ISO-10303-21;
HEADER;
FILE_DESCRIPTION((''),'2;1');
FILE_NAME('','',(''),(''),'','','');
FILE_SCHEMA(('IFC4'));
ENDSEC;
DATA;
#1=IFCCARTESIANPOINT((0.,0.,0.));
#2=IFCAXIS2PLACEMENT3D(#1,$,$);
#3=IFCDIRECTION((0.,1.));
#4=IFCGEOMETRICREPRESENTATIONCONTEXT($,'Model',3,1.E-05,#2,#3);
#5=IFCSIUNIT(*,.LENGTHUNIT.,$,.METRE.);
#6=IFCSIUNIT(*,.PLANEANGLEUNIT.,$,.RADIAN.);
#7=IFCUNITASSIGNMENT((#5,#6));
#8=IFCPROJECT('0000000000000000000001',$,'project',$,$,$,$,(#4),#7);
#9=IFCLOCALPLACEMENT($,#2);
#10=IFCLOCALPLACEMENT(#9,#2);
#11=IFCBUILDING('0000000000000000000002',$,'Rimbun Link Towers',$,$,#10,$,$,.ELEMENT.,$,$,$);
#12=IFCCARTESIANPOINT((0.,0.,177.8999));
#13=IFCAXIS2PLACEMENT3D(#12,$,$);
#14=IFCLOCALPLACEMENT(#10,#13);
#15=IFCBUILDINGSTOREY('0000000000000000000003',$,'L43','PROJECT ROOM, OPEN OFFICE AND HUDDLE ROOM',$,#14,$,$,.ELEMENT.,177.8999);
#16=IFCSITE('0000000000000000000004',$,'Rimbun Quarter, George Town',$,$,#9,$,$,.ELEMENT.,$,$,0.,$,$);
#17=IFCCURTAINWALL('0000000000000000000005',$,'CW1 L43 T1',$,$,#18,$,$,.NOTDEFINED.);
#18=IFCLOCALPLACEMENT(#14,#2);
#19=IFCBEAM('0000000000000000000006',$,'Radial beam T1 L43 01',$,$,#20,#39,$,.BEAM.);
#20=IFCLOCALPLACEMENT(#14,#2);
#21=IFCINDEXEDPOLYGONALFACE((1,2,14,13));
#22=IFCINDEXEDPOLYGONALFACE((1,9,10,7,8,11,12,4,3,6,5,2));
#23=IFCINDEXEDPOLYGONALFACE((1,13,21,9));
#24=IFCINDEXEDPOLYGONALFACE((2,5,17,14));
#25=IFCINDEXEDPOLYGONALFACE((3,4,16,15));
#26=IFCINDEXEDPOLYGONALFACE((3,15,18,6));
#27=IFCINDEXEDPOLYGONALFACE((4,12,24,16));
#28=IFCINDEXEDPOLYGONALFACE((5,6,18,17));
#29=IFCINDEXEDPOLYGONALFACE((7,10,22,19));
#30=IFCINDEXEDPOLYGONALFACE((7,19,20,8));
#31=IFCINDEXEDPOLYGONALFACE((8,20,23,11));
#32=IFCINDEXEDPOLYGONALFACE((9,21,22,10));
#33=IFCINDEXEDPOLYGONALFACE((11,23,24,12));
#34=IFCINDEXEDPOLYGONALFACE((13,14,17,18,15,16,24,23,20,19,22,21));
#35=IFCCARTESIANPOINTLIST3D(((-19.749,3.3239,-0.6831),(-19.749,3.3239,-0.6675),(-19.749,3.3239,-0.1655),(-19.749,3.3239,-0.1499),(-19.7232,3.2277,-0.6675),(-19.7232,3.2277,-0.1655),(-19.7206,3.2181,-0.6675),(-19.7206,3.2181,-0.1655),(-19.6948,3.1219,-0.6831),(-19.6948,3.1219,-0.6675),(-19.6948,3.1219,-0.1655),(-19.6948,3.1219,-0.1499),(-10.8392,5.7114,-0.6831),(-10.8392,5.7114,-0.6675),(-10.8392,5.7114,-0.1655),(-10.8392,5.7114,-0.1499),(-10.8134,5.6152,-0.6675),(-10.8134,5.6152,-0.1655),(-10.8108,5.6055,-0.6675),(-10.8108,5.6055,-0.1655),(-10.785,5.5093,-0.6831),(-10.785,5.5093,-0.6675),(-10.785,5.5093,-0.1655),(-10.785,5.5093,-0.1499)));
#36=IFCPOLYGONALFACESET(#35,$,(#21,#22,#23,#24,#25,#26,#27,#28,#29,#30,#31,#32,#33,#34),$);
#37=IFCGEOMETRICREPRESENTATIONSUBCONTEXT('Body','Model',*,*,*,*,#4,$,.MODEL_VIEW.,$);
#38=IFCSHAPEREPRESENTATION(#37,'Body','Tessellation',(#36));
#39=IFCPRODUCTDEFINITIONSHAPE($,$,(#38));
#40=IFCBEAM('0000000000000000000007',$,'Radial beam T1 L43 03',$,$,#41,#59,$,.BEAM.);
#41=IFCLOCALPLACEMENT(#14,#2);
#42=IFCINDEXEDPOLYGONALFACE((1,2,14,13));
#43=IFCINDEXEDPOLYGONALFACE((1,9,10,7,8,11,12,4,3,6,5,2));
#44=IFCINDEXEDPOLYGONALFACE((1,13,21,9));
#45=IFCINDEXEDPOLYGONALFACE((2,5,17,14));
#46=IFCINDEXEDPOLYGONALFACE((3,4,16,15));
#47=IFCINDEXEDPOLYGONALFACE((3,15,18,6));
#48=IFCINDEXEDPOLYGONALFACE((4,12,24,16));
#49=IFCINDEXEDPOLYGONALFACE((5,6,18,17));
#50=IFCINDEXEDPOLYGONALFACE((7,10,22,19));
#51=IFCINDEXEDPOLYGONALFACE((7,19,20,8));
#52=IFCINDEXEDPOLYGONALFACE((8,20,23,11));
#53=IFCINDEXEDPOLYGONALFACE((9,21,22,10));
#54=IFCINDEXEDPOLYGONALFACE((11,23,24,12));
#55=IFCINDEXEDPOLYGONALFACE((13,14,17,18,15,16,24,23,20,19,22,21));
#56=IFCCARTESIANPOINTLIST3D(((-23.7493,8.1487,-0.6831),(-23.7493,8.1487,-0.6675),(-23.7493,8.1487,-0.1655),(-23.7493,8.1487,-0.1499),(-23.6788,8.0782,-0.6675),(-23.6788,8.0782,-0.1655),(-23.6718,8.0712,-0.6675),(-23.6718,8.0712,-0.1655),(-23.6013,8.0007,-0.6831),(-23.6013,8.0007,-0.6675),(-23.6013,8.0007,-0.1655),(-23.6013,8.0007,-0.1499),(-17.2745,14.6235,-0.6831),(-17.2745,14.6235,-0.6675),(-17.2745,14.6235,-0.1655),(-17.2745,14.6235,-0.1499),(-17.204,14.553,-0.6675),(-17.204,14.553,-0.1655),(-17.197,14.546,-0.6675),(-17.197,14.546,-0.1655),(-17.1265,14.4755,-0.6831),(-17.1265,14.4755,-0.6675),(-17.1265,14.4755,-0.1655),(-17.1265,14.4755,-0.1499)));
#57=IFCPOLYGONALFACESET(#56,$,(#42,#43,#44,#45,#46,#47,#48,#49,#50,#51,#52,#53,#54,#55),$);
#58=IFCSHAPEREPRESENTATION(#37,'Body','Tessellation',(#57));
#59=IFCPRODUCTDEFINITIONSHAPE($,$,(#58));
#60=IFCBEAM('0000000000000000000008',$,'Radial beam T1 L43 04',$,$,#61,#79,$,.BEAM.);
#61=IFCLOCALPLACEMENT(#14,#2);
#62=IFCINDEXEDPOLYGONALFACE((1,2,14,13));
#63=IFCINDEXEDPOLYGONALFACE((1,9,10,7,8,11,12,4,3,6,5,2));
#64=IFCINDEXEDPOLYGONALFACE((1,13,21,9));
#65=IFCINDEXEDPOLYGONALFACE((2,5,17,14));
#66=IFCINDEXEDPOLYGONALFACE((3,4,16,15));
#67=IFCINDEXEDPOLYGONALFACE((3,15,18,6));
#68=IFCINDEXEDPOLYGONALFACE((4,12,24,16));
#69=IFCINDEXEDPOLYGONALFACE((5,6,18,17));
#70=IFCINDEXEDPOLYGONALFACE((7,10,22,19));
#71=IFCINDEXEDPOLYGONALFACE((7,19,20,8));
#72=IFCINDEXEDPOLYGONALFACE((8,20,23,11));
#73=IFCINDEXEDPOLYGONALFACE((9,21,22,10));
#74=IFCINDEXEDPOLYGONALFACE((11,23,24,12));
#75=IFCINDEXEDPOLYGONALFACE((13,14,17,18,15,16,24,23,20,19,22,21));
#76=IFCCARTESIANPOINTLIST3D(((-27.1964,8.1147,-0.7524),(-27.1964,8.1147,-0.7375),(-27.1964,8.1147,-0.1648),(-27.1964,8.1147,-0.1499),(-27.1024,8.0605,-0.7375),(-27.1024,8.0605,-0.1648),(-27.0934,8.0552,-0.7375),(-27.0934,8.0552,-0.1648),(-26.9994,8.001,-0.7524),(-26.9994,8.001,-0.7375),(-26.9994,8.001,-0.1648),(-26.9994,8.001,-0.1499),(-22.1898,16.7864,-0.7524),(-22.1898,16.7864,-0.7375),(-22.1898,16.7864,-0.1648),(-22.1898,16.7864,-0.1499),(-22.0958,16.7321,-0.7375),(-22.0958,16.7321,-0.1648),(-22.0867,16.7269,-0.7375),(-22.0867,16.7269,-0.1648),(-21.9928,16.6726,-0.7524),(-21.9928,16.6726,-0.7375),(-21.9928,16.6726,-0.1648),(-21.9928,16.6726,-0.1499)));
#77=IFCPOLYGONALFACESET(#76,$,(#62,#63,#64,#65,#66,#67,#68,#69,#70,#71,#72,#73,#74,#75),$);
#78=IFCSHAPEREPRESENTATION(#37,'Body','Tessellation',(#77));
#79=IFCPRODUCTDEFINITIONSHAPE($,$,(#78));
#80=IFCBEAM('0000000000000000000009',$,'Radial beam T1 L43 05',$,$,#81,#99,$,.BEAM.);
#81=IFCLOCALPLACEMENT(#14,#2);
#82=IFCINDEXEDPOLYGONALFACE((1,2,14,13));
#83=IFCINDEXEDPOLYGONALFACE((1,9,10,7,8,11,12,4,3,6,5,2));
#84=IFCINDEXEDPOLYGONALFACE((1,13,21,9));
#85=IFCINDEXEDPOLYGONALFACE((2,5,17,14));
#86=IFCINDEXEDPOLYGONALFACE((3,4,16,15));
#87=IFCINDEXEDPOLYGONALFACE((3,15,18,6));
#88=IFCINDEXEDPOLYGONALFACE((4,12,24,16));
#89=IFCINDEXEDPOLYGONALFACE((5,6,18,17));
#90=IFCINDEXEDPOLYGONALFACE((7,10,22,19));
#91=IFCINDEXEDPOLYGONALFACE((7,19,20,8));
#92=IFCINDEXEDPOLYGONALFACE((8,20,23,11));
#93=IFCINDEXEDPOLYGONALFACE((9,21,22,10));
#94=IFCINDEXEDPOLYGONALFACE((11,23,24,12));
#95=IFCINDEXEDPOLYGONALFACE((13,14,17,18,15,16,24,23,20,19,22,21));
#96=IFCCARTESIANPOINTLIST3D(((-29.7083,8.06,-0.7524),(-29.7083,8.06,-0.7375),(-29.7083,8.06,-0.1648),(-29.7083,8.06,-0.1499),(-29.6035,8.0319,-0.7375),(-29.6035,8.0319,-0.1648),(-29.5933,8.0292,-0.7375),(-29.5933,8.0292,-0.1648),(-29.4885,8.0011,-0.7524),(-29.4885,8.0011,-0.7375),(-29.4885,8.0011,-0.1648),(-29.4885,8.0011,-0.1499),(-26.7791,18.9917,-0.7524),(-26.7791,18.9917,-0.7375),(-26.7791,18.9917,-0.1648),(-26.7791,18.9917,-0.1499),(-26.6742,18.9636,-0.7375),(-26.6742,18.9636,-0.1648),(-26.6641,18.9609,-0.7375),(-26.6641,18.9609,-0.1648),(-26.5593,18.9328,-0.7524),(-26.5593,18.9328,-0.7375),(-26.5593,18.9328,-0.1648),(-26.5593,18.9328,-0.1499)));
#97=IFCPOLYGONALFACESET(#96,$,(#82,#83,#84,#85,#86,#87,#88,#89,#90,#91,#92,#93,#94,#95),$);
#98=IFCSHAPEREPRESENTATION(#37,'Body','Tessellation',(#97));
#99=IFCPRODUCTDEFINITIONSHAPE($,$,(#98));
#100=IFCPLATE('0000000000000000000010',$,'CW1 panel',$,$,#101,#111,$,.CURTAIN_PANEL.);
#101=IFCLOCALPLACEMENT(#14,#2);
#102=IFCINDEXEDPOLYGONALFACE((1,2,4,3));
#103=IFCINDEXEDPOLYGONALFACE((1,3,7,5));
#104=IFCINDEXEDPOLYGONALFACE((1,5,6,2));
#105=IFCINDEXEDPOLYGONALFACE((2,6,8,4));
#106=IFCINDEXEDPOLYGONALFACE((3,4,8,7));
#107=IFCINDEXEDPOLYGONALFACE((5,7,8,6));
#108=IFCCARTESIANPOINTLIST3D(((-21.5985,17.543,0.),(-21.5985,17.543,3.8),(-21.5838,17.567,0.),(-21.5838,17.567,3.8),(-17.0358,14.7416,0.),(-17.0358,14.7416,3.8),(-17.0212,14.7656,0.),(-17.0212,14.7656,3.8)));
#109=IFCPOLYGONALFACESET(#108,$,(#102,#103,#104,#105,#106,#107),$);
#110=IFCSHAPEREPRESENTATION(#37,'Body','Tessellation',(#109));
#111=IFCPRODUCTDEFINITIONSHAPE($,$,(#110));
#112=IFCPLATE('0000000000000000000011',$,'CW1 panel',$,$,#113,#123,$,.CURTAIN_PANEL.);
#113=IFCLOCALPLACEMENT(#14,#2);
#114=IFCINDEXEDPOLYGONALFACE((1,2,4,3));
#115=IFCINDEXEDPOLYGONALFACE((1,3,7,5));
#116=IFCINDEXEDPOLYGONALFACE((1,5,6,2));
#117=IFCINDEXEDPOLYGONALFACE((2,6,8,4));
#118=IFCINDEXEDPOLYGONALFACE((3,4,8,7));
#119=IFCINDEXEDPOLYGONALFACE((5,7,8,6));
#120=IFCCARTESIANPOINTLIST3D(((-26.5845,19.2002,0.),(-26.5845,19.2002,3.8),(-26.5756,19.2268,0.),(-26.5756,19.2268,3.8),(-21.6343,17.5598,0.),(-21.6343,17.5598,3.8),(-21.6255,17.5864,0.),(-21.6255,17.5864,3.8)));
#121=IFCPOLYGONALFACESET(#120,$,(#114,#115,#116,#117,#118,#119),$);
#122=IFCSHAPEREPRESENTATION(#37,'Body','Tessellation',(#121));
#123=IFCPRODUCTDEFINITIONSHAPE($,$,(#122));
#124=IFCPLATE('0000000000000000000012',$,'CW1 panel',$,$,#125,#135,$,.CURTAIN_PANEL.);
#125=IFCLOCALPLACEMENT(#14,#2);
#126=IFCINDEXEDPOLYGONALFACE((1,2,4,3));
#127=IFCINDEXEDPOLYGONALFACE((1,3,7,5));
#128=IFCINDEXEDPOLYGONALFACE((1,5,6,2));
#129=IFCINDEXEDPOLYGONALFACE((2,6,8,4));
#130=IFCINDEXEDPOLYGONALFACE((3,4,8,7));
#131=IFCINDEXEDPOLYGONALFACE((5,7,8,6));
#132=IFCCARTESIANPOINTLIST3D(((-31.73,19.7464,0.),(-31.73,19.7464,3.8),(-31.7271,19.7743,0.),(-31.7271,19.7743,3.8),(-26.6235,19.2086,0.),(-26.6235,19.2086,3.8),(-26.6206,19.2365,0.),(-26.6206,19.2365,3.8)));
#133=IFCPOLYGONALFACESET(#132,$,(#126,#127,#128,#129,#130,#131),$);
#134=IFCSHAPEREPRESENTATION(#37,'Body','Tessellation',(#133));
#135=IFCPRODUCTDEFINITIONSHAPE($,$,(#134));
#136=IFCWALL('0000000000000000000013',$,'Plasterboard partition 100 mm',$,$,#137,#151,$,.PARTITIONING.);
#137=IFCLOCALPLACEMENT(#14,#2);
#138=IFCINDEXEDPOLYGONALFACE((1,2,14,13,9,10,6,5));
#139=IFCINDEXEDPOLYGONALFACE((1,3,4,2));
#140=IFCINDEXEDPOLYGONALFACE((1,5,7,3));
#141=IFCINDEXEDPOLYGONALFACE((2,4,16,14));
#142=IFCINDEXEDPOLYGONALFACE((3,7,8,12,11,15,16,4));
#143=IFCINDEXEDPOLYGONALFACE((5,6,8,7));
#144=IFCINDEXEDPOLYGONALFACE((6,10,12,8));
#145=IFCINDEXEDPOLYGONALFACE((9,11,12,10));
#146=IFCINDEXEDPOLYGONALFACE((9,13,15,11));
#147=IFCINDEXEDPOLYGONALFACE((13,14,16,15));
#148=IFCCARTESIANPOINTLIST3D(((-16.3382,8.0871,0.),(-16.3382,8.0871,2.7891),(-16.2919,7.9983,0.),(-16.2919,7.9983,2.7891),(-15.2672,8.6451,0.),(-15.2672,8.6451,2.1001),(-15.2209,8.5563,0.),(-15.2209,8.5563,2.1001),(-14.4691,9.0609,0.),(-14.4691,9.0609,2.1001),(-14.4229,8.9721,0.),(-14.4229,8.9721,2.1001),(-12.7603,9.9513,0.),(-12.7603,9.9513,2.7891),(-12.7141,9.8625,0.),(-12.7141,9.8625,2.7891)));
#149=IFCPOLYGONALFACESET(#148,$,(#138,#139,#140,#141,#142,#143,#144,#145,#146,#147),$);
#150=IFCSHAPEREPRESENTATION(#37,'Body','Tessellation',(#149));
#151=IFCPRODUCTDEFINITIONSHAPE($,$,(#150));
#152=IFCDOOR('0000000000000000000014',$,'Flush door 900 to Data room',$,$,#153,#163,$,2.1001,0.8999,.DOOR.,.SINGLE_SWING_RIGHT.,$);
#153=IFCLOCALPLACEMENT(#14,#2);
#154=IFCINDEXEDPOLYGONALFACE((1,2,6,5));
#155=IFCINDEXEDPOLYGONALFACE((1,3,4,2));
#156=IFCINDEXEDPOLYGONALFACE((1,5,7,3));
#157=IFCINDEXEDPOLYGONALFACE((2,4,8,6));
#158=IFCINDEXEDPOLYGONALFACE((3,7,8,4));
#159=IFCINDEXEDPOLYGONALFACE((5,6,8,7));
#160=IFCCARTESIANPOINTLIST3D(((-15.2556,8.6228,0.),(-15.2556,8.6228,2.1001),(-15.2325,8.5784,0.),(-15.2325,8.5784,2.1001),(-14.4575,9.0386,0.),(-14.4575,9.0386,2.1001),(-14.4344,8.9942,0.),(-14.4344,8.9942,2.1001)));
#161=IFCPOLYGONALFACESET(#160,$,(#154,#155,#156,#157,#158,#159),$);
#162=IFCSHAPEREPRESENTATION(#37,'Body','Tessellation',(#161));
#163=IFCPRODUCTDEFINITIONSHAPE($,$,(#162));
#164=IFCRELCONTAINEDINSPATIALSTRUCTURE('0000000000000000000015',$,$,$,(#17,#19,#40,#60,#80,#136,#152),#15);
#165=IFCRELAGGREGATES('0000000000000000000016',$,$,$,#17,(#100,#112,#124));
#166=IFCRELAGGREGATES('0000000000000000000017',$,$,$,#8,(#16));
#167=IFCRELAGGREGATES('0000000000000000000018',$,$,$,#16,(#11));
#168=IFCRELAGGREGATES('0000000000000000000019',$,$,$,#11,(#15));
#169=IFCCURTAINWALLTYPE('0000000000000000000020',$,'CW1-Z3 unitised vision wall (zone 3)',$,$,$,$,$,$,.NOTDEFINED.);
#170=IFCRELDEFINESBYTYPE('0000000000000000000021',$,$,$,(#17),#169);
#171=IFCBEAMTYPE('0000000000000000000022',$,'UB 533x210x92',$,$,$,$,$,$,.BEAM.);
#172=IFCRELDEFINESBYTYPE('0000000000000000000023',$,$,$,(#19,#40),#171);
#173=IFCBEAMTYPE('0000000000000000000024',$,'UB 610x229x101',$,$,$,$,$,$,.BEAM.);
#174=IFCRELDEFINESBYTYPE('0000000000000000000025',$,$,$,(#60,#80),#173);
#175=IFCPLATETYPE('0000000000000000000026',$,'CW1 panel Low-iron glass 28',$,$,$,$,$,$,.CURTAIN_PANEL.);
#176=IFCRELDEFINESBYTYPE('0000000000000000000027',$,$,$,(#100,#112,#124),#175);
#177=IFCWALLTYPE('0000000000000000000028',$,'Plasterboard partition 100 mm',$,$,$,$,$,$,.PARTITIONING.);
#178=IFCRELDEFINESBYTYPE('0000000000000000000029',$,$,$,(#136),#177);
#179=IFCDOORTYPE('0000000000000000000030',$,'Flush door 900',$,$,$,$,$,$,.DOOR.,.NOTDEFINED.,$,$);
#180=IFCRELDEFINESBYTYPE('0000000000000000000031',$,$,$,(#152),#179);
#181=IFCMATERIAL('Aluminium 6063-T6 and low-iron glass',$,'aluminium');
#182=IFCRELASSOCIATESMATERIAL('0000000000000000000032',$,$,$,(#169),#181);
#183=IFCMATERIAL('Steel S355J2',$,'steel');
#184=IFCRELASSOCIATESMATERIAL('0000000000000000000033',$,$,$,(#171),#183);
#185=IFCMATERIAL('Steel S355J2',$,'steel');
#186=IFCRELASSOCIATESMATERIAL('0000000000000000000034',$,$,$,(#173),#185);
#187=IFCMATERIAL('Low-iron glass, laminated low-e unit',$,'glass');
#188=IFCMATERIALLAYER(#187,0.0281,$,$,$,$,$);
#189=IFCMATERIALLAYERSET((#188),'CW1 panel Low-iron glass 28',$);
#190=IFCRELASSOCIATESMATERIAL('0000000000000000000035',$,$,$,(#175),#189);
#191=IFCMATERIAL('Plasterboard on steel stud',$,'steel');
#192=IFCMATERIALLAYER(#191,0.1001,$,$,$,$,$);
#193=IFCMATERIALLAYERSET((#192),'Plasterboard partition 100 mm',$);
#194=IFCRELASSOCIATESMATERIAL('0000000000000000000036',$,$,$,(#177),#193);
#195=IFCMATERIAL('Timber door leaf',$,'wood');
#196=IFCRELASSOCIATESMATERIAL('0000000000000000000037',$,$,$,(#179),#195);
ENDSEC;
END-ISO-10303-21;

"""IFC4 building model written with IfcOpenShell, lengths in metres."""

from ifc_helpers import new_model, si_unit, direction, frame, frame_2d, origin, origin_2d, place, context, subcontext, project, spatial, rectangle, i_section, extrude, material, layer, layer_set, material_profile, profile_set, type_object, element, fill, aggregate, save


model = new_model("IFC4")

# Units and contexts
model_context = context("Model", 3, precision=1e-05, world=origin(), true_north=direction((0.0, 1.0)))
body_context = subcontext(model_context, "Body", "Model", "MODEL_VIEW")
ifc_project = project(units=[si_unit("LENGTHUNIT", "METRE"), si_unit("PLANEANGLEUNIT", "RADIAN")], contexts=[model_context])

# Site, building, storey
site_placement = place(None, origin())
site = spatial("IfcSite", under=ifc_project, at=site_placement, Name="Rimbun Quarter, George Town", CompositionType="ELEMENT", RefElevation=0.0)
building_placement = place(site_placement, origin())
building = spatial("IfcBuilding", under=site, at=building_placement, Name="Rimbun Link Towers", CompositionType="ELEMENT")
storey_placement = place(building_placement, frame((0.0, 0.0, 177.8999)))
storey = spatial("IfcBuildingStorey", under=building, at=storey_placement, Name="L43", Description="PROJECT ROOM, OPEN OFFICE AND HUDDLE ROOM", CompositionType="ELEMENT", Elevation=177.8999)

# Curtain wall
ifc_material_1 = material(Name="Aluminium 6063-T6 and low-iron glass", Category="aluminium")
curtain_wall_type = type_object("IfcCurtainWallType", Name="CW1-Z3 unitised vision wall (zone 3)", PredefinedType="NOTDEFINED", material=ifc_material_1)
curtain_wall_placement = place(storey_placement, origin())
curtain_wall = element("IfcCurtainWall", 1, at=curtain_wall_placement, inside=storey, type_object=curtain_wall_type, Name="CW1 L43 T1", PredefinedType="NOTDEFINED")

# Beams
ifc_material_2 = material(Name="Steel S355J2", Category="steel")
ifc_material_profile_1 = material_profile(ifc_material_2, i_section(OverallWidth=0.2092, OverallDepth=0.5332, WebThickness=0.01, FlangeThickness=0.0156, at=origin_2d()), Name="UB 533x210x92")
ifc_profile_set_1 = profile_set([ifc_material_profile_1], Name="Steel S355J2")
beam_type_1 = type_object("IfcBeamType", Name="UB 533x210x92", PredefinedType="BEAM", material=ifc_profile_set_1)
beam_1_placement = place(storey_placement, frame((-19.7219, 3.2229, -0.4165), z_axis=(0.965925, 0.258824, 0.0), x_axis=(-0.258824, 0.965925, 0.0)))
element("IfcBeam", 2, at=beam_1_placement, inside=storey, type_object=beam_type_1, Name="Radial beam T1 L43 01", PredefinedType="BEAM", context=body_context, shape_type="SweptSolid", body=[
    extrude(i_section(OverallWidth=0.2092, OverallDepth=0.5332, WebThickness=0.01, FlangeThickness=0.0156, at=origin_2d()), origin(), (0.0, 0.0, 1.0), 9.2241),
])
beam_2_placement = place(storey_placement, frame((-23.6753, 8.0747, -0.4165), z_axis=(0.707107, 0.707107, 0.0), x_axis=(-0.707107, 0.707107, 0.0)))
element("IfcBeam", 3, at=beam_2_placement, inside=storey, type_object=beam_type_1, Name="Radial beam T1 L43 03", PredefinedType="BEAM", context=body_context, shape_type="SweptSolid", body=[
    extrude(i_section(OverallWidth=0.2092, OverallDepth=0.5332, WebThickness=0.01, FlangeThickness=0.0156, at=origin_2d()), origin(), (0.0, 0.0, 1.0), 9.1567),
])
ifc_material_3 = material(Name="Steel S355J2", Category="steel")
ifc_material_profile_2 = material_profile(ifc_material_3, i_section(OverallWidth=0.2275, OverallDepth=0.6025, WebThickness=0.0105, FlangeThickness=0.0149, at=origin_2d()), Name="UB 610x229x101")
ifc_profile_set_2 = profile_set([ifc_material_profile_2], Name="Steel S355J2")
beam_type_2 = type_object("IfcBeamType", Name="UB 610x229x101", PredefinedType="BEAM", material=ifc_profile_set_2)
beam_3_placement = place(storey_placement, frame((-27.0979, 8.0579, -0.4512), z_axis=(0.500002, 0.866024, 0.0), x_axis=(-0.866024, 0.500002, 0.0)))
element("IfcBeam", 4, at=beam_3_placement, inside=storey, type_object=beam_type_2, Name="Radial beam T1 L43 04", PredefinedType="BEAM", context=body_context, shape_type="SweptSolid", body=[
    extrude(i_section(OverallWidth=0.2275, OverallDepth=0.6025, WebThickness=0.0105, FlangeThickness=0.0149, at=origin_2d()), origin(), (0.0, 0.0, 1.0), 10.0132),
])
beam_4_placement = place(storey_placement, frame((-29.5984, 8.0305, -0.4512), z_axis=(0.258825, 0.965924, 0.0), x_axis=(-0.965924, 0.258825, 0.0)))
element("IfcBeam", 5, at=beam_4_placement, inside=storey, type_object=beam_type_2, Name="Radial beam T1 L43 05", PredefinedType="BEAM", context=body_context, shape_type="SweptSolid", body=[
    extrude(i_section(OverallWidth=0.2275, OverallDepth=0.6025, WebThickness=0.0105, FlangeThickness=0.0149, at=origin_2d()), origin(), (0.0, 0.0, 1.0), 11.3174),
])

# Plates
ifc_material_4 = material(Name="Low-iron glass, laminated low-e unit", Category="glass")
ifc_layer_1 = layer(ifc_material_4, 0.0281)
ifc_layer_set_1 = layer_set([ifc_layer_1], Name="CW1 panel Low-iron glass 28")
plate_type = type_object("IfcPlateType", Name="CW1 panel Low-iron glass 28", PredefinedType="CURTAIN_PANEL", material=ifc_layer_set_1)
plate_1_placement = place(storey_placement, frame((-19.3098, 16.1543, 0.0), z_axis=(0.0, 0.0, 1.0), x_axis=(0.852191, -0.523231, 0.0)))
plate_1 = element("IfcPlate", 6, at=plate_1_placement, type_object=plate_type, Name="CW1 panel", PredefinedType="CURTAIN_PANEL", context=body_context, shape_type="SweptSolid", body=[
    extrude(rectangle(XDim=5.354, YDim=0.0281, at=origin_2d()), origin(), (0.0, 0.0, 1.0), 3.8),
])
plate_2_placement = place(storey_placement, frame((-24.105, 18.3933, 0.0), z_axis=(0.0, 0.0, 1.0), x_axis=(0.949237, -0.31456, 0.0)))
plate_2 = element("IfcPlate", 7, at=plate_2_placement, type_object=plate_type, Name="CW1 panel", PredefinedType="CURTAIN_PANEL", context=body_context, shape_type="SweptSolid", body=[
    extrude(rectangle(XDim=5.2148, YDim=0.0281, at=origin_2d()), origin(), (0.0, 0.0, 1.0), 3.8),
])
plate_3_placement = place(storey_placement, frame((-29.1753, 19.4915, 0.0), z_axis=(0.0, 0.0, 1.0), x_axis=(0.9945, -0.104737, 0.0)))
plate_3 = element("IfcPlate", 8, at=plate_3_placement, type_object=plate_type, Name="CW1 panel", PredefinedType="CURTAIN_PANEL", context=body_context, shape_type="SweptSolid", body=[
    extrude(rectangle(XDim=5.1348, YDim=0.0281, at=origin_2d()), origin(), (0.0, 0.0, 1.0), 3.8),
])
aggregate(curtain_wall, [plate_1, plate_2, plate_3])

# Wall, opening, door
ifc_material_5 = material(Name="Plasterboard on steel stud", Category="steel")
ifc_layer_2 = layer(ifc_material_5, 0.1001)
ifc_layer_set_2 = layer_set([ifc_layer_2], Name="Plasterboard partition 100 mm")
wall_type_1 = type_object("IfcWallType", Name="Plasterboard partition 100 mm", PredefinedType="PARTITIONING", material=ifc_layer_set_2)
wall_1_placement = place(storey_placement, frame((-16.3149, 8.0427, 0.0), z_axis=(0.0, 0.0, 1.0), x_axis=(0.886835, 0.462086, 0.0)))
wall_1 = element("IfcWall", 9, at=wall_1_placement, inside=storey, type_object=wall_type_1, Name="Plasterboard partition 100 mm", PredefinedType="PARTITIONING", context=body_context, shape_type="SweptSolid", body=[
    extrude(rectangle(XDim=4.0344, YDim=0.1001, at=frame_2d((2.0171, 0.0))), origin(), (0.0, 0.0, 1.0), 2.7891),
])
opening_1_placement = place(wall_1_placement, frame((1.2075, 0.0, 0.0)))
opening_1 = element("IfcOpeningElement", 10, at=opening_1_placement, cuts=wall_1, PredefinedType="OPENING", context=body_context, shape_type="SweptSolid", body=[
    extrude(rectangle(XDim=0.8999, YDim=2.1001, at=frame_2d((0.45, 1.05))), frame((0.0, 0.0601, 0.0), z_axis=(0.0, -1.0, 0.0), x_axis=(1.0, 0.0, 0.0)), (0.0, 0.0, 1.0), 0.1201),
])
ifc_material_6 = material(Name="Timber door leaf", Category="wood")
door_type_1 = type_object("IfcDoorType", Name="Flush door 900", OperationType="NOTDEFINED", PredefinedType="DOOR", material=ifc_material_6)
door_1_placement = place(opening_1_placement, origin())
door_1 = element("IfcDoor", 11, at=door_1_placement, inside=storey, type_object=door_type_1, Name="Flush door 900 to Data room", OperationType="SINGLE_SWING_RIGHT", OverallHeight=2.1001, OverallWidth=0.8999, PredefinedType="DOOR", context=body_context, shape_type="SweptSolid", body=[
    extrude(rectangle(XDim=0.8999, YDim=2.1001, at=frame_2d((0.45, 1.05))), frame((0.0, 0.0249, 0.0), z_axis=(0.0, -1.0, 0.0), x_axis=(1.0, 0.0, 0.0)), (0.0, 0.0, 1.0), 0.05),
])
fill(opening_1, door_1)

save(model, "model.ifc")
